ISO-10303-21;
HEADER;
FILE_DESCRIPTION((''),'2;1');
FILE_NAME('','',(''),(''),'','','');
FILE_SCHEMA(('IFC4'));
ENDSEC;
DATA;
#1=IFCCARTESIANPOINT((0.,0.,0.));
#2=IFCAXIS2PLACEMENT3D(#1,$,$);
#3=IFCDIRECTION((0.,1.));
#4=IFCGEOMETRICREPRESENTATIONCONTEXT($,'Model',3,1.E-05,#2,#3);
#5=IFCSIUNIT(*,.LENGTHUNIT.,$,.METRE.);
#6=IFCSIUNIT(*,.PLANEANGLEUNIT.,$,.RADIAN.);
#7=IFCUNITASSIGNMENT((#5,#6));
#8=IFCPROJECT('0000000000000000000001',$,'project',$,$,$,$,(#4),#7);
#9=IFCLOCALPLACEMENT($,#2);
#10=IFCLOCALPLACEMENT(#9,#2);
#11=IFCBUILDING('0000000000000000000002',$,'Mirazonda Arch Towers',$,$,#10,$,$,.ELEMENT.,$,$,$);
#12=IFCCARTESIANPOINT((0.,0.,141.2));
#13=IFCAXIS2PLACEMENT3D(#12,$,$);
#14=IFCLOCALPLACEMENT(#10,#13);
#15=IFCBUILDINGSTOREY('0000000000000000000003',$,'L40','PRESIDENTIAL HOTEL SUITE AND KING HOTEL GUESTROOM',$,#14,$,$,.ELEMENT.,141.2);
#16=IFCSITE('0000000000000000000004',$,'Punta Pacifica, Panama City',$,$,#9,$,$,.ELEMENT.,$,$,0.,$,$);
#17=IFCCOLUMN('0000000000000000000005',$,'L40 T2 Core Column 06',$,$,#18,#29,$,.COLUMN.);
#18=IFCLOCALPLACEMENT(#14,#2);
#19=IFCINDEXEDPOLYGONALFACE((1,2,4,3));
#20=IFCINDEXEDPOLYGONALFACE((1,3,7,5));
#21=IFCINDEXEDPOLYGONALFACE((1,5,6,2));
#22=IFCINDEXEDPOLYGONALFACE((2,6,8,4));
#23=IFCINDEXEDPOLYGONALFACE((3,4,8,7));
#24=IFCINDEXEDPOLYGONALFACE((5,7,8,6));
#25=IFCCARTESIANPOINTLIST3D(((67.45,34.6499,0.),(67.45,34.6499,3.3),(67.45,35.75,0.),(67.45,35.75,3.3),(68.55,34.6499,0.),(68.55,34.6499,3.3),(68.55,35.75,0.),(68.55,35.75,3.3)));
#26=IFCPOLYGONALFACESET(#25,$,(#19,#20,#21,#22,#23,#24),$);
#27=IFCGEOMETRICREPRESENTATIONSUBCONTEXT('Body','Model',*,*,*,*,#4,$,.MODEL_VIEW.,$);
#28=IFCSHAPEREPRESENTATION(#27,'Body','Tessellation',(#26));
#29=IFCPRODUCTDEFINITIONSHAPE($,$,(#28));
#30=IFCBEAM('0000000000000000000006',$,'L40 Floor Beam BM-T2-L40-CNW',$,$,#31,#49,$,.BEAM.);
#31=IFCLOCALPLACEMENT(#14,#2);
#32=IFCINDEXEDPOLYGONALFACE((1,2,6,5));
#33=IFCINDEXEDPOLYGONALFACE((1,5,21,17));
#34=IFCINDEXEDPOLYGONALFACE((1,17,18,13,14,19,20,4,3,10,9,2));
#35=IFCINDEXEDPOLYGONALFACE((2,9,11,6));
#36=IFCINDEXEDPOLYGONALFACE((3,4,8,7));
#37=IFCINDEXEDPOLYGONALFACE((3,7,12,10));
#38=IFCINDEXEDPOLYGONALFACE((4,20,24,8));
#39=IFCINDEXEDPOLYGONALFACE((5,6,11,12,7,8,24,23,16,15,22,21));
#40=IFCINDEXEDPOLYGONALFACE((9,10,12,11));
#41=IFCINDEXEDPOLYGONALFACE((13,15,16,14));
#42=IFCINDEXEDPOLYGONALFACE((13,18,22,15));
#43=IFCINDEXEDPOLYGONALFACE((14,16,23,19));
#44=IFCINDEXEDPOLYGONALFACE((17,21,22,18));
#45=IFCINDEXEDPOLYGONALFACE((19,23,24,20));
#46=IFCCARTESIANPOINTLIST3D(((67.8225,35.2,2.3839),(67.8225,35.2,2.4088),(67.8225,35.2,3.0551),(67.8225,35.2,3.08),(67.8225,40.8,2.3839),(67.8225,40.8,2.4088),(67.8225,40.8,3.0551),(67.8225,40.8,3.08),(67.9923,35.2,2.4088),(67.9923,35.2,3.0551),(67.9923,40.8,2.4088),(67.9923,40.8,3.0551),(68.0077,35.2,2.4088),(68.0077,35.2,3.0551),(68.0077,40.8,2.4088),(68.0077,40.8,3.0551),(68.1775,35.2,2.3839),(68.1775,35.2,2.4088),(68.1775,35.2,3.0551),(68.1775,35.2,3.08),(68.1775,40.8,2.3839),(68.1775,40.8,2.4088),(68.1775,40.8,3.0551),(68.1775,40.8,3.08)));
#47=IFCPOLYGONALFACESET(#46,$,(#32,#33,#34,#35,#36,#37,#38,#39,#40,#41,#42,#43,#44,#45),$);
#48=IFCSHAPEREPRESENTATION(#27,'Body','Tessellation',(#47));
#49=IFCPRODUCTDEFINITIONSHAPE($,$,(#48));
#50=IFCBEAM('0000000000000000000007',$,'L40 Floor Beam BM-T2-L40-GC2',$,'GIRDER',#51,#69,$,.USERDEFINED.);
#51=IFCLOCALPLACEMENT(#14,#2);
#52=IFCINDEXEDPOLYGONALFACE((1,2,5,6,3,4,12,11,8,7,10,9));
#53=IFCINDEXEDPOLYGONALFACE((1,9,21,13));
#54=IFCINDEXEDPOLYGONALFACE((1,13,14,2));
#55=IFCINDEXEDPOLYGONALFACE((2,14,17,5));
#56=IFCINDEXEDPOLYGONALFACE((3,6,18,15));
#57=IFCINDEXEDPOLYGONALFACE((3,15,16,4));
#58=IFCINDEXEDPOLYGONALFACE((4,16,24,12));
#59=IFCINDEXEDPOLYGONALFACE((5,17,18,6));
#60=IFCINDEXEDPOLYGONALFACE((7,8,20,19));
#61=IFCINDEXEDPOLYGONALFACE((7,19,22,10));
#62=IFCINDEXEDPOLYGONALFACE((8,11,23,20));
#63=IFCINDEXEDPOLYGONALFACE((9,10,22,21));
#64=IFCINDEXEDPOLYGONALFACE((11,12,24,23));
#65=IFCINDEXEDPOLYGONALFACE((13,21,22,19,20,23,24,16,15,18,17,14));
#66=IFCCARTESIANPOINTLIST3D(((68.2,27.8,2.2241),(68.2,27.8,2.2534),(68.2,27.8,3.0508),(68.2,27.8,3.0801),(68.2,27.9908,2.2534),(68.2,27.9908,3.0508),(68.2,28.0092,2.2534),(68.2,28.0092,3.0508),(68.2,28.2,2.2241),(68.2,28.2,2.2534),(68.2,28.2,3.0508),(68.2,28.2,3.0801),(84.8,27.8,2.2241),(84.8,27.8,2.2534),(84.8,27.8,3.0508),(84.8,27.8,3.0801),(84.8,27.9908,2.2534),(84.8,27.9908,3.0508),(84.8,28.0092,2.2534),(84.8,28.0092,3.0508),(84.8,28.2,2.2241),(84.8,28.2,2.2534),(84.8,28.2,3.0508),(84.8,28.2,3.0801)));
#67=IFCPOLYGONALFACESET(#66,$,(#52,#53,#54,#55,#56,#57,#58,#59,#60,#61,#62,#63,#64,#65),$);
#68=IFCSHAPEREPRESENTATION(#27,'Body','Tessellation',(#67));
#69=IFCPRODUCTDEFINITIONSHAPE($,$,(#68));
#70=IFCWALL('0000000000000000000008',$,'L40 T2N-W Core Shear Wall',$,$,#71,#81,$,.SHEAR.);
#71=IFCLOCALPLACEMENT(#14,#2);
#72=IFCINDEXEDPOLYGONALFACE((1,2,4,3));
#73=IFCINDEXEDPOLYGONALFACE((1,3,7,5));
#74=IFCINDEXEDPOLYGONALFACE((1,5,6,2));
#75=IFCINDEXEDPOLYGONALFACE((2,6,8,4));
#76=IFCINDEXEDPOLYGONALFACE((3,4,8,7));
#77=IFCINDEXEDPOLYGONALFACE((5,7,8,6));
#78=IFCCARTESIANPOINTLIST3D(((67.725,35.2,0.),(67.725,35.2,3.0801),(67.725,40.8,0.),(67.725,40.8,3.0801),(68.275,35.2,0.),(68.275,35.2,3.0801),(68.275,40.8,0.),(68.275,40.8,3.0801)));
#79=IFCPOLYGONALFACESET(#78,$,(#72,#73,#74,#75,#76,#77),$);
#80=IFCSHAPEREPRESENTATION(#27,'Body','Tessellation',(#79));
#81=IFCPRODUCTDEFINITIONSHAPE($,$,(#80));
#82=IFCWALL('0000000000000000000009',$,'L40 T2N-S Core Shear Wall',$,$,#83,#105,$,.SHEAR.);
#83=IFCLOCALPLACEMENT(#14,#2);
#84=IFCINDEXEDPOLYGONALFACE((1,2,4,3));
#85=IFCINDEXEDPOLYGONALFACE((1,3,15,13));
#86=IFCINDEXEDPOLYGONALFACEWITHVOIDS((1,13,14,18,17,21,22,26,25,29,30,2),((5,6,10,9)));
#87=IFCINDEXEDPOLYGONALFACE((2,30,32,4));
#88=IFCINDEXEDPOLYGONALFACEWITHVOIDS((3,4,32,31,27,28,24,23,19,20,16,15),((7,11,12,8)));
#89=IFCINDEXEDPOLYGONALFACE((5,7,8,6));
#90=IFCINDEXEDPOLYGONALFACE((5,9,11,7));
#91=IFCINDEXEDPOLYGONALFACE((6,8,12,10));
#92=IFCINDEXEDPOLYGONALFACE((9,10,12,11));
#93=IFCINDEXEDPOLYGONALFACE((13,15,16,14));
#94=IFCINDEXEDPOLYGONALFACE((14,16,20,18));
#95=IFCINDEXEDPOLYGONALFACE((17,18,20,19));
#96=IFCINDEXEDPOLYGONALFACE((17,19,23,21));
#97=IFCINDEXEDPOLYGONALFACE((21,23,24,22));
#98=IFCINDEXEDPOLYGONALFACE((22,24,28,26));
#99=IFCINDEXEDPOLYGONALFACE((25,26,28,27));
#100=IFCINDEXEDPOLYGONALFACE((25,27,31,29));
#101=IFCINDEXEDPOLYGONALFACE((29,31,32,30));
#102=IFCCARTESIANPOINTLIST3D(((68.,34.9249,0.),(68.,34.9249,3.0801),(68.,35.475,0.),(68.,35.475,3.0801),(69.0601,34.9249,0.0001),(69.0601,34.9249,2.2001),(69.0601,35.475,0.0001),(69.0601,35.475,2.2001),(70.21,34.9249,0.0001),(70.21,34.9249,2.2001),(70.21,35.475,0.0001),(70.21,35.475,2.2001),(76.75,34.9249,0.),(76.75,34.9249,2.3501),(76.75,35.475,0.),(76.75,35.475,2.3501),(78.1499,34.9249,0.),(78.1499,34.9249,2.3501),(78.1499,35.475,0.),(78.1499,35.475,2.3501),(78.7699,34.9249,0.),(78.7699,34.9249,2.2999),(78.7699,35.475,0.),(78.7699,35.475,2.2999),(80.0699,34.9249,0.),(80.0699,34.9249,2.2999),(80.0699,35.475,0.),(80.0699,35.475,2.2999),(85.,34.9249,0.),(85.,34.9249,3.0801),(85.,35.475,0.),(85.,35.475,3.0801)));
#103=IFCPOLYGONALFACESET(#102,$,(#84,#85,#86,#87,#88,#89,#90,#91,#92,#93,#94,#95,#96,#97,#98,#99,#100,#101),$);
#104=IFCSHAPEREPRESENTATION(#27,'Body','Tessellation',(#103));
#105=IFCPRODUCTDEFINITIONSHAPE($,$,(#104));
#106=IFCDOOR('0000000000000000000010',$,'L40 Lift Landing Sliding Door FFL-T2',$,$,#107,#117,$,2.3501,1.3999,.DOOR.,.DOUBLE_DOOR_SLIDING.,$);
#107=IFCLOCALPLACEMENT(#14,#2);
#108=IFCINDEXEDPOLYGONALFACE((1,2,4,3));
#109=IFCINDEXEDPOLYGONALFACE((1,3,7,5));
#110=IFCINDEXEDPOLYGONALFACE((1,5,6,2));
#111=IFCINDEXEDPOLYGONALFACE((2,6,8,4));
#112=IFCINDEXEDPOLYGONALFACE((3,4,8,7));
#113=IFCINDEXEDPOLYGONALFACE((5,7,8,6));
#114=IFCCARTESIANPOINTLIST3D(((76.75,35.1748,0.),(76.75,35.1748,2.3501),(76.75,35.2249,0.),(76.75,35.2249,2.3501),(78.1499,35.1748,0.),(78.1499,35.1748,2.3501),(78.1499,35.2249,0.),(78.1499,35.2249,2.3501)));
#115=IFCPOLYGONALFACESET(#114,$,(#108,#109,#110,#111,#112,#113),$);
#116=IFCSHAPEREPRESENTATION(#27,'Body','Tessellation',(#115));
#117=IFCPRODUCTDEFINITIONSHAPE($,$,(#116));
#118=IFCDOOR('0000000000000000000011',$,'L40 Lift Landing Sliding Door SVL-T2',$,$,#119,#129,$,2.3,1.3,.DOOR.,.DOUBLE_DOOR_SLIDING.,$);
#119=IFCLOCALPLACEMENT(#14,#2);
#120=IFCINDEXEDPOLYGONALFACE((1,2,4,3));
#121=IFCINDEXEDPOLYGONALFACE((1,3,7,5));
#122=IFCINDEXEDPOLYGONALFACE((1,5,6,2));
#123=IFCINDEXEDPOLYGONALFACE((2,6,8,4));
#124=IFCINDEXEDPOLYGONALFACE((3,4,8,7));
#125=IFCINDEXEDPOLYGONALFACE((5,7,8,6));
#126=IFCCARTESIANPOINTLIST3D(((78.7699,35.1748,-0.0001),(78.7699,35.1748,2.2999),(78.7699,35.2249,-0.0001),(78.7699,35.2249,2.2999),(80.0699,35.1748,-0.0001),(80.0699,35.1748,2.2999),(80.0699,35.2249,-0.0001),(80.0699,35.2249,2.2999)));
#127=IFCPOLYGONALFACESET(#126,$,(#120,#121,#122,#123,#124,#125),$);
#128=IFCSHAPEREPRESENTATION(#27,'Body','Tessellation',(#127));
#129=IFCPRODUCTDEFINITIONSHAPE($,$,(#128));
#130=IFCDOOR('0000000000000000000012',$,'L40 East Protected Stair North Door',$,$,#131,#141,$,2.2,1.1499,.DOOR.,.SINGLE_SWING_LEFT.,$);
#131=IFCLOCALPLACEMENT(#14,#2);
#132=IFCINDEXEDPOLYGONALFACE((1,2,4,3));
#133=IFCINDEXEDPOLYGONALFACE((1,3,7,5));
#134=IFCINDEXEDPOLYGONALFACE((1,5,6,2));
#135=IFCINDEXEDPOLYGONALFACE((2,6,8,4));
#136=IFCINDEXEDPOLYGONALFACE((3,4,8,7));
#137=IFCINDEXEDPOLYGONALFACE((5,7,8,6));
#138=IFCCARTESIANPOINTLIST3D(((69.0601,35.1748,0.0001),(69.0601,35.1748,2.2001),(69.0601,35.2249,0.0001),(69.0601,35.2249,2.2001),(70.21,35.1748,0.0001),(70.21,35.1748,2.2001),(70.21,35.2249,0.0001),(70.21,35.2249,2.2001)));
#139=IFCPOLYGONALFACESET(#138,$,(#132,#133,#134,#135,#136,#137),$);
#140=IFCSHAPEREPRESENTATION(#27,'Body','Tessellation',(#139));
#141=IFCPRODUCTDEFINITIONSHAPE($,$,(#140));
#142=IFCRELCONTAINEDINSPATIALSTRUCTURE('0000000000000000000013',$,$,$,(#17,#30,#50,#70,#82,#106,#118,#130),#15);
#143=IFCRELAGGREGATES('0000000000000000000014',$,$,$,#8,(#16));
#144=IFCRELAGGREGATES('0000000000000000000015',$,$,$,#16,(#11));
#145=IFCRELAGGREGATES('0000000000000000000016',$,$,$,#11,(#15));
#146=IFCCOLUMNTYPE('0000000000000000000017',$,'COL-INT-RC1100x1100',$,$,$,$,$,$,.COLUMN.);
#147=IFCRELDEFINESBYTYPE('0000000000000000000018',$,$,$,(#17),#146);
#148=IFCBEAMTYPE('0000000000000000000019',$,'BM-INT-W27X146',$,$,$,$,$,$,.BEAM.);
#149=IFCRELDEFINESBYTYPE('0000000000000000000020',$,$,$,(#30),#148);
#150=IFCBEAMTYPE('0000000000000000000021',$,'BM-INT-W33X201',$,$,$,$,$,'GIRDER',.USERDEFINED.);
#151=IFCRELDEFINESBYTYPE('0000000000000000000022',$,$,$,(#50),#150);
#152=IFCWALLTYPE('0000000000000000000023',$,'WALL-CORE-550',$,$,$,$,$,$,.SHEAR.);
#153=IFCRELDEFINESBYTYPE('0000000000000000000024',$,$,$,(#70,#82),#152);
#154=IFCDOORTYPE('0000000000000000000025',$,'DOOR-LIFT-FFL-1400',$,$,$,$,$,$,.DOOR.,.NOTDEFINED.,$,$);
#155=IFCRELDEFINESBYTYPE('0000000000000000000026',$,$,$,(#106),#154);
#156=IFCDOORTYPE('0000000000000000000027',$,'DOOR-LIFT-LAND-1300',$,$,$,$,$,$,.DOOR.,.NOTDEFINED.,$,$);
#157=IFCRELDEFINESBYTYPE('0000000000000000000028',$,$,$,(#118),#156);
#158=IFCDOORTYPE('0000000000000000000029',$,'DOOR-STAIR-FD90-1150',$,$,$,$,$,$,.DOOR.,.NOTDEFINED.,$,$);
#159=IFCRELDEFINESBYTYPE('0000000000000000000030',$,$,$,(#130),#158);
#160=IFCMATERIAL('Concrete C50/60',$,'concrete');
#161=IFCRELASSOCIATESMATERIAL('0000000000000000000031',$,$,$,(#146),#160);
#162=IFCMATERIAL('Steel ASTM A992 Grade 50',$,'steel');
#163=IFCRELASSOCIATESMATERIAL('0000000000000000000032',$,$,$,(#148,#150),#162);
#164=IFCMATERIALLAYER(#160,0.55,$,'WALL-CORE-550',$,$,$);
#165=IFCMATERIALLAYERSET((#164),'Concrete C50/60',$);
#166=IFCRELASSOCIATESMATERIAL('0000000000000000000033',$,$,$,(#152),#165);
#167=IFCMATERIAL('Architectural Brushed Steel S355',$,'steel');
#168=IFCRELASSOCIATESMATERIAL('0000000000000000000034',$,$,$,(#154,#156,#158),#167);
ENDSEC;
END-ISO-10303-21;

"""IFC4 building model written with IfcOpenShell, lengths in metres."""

from ifc_helpers import new_model, si_unit, direction, frame, frame_2d, origin, origin_2d, place, context, subcontext, project, spatial, rectangle, i_section, extrude, material, layer, layer_set, material_profile, profile_set, type_object, element, fill, save


model = new_model("IFC4")

# Units and contexts
model_context = context("Model", 3, precision=1e-05, world=origin(), true_north=direction((0.0, 1.0)))
body_context = subcontext(model_context, "Body", "Model", "MODEL_VIEW")
ifc_project = project(units=[si_unit("LENGTHUNIT", "METRE"), si_unit("PLANEANGLEUNIT", "RADIAN")], contexts=[model_context])

# Site, building, storey
site_placement = place(None, origin())
site = spatial("IfcSite", under=ifc_project, at=site_placement, Name="Punta Pacifica, Panama City", CompositionType="ELEMENT", RefElevation=0.0)
building_placement = place(site_placement, origin())
building = spatial("IfcBuilding", under=site, at=building_placement, Name="Mirazonda Arch Towers", CompositionType="ELEMENT")
storey_placement = place(building_placement, frame((0.0, 0.0, 141.2)))
storey = spatial("IfcBuildingStorey", under=building, at=storey_placement, Name="L40", Description="PRESIDENTIAL HOTEL SUITE AND KING HOTEL GUESTROOM", CompositionType="ELEMENT", Elevation=141.2)

# Column
ifc_material_1 = material(Name="Concrete C50/60", Category="concrete")
ifc_material_profile_1 = material_profile(ifc_material_1, rectangle(XDim=1.1001, YDim=1.1001, at=origin_2d()), Name="RC1100x1100")
ifc_profile_set_1 = profile_set([ifc_material_profile_1], Name="Concrete C50/60")
column_type = type_object("IfcColumnType", Name="COL-INT-RC1100x1100", PredefinedType="COLUMN", material=ifc_profile_set_1)
column_placement = place(storey_placement, frame((68.0, 35.2, 0.0), z_axis=(0.0, 0.0, 1.0), x_axis=(1.0, 0.0, 0.0)))
element("IfcColumn", 1, at=column_placement, inside=storey, type_object=column_type, Name="L40 T2 Core Column 06", PredefinedType="COLUMN", context=body_context, shape_type="SweptSolid", body=[
    extrude(rectangle(XDim=1.1001, YDim=1.1001, at=origin_2d()), origin(), (0.0, 0.0, 1.0), 3.3),
])

# Beams
ifc_material_2 = material(Name="Steel ASTM A992 Grade 50", Category="steel")
ifc_material_profile_2 = material_profile(ifc_material_2, i_section(OverallWidth=0.355, OverallDepth=0.696, WebThickness=0.0154, FlangeThickness=0.0249, at=origin_2d()), Name="W27X146")
ifc_profile_set_2 = profile_set([ifc_material_profile_2], Name="Steel ASTM A992 Grade 50")
beam_type_1 = type_object("IfcBeamType", Name="BM-INT-W27X146", PredefinedType="BEAM", material=ifc_profile_set_2)
beam_1_placement = place(storey_placement, frame((68.0, 35.2, 2.7319), z_axis=(0.0, 1.0, 0.0), x_axis=(-1.0, 0.0, 0.0)))
element("IfcBeam", 2, at=beam_1_placement, inside=storey, type_object=beam_type_1, Name="L40 Floor Beam BM-T2-L40-CNW", PredefinedType="BEAM", context=body_context, shape_type="SweptSolid", body=[
    extrude(i_section(OverallWidth=0.355, OverallDepth=0.696, WebThickness=0.0154, FlangeThickness=0.0249, at=origin_2d()), origin(), (0.0, 0.0, 1.0), 5.6001),
])
ifc_material_profile_3 = material_profile(ifc_material_2, i_section(OverallWidth=0.3999, OverallDepth=0.856, WebThickness=0.0183, FlangeThickness=0.0293, at=origin_2d()), Name="W33X201")
ifc_profile_set_3 = profile_set([ifc_material_profile_3], Name="Steel ASTM A992 Grade 50")
beam_type_2 = type_object("IfcBeamType", Name="BM-INT-W33X201", ElementType="GIRDER", PredefinedType="USERDEFINED", material=ifc_profile_set_3)
beam_2_placement = place(storey_placement, frame((68.2, 28.0, 2.6521), z_axis=(1.0, 0.0, 0.0), x_axis=(0.0, 1.0, 0.0)))
element("IfcBeam", 3, at=beam_2_placement, inside=storey, type_object=beam_type_2, Name="L40 Floor Beam BM-T2-L40-GC2", ObjectType="GIRDER", PredefinedType="USERDEFINED", context=body_context, shape_type="SweptSolid", body=[
    extrude(i_section(OverallWidth=0.3999, OverallDepth=0.856, WebThickness=0.0183, FlangeThickness=0.0293, at=origin_2d()), origin(), (0.0, 0.0, 1.0), 16.6001),
])

# Wall
ifc_layer_1 = layer(ifc_material_1, 0.55, Name="WALL-CORE-550")
ifc_layer_set_1 = layer_set([ifc_layer_1], Name="Concrete C50/60")
wall_type_1 = type_object("IfcWallType", Name="WALL-CORE-550", PredefinedType="SHEAR", material=ifc_layer_set_1)
wall_1_placement = place(storey_placement, frame((68.0, 35.2, 0.0), z_axis=(0.0, 0.0, 1.0), x_axis=(0.0, 1.0, 0.0)))
element("IfcWall", 4, at=wall_1_placement, inside=storey, type_object=wall_type_1, Name="L40 T2N-W Core Shear Wall", PredefinedType="SHEAR", context=body_context, shape_type="SweptSolid", body=[
    extrude(rectangle(XDim=5.6001, YDim=0.55, at=frame_2d((2.8, 0.0))), origin(), (0.0, 0.0, 1.0), 3.0801),
])

# Wall, openings, doors
wall_2_placement = place(storey_placement, frame((68.0, 35.2, 0.0), z_axis=(0.0, 0.0, 1.0), x_axis=(1.0, 0.0, 0.0)))
wall_2 = element("IfcWall", 5, at=wall_2_placement, inside=storey, type_object=wall_type_1, Name="L40 T2N-S Core Shear Wall", PredefinedType="SHEAR", context=body_context, shape_type="SweptSolid", body=[
    extrude(rectangle(XDim=17.0, YDim=0.55, at=frame_2d((8.5, 0.0))), origin(), (0.0, 0.0, 1.0), 3.0801),
])
opening_1_placement = place(wall_2_placement, frame((1.0601, 0.0, 0.0)))
opening_1 = element("IfcOpeningElement", 6, at=opening_1_placement, cuts=wall_2, PredefinedType="OPENING", context=body_context, shape_type="SweptSolid", body=[
    extrude(rectangle(XDim=1.1499, YDim=2.2, at=frame_2d((0.575, 1.1001))), frame((0.0, 0.2849, 0.0), z_axis=(0.0, -1.0, 0.0), x_axis=(1.0, 0.0, 0.0)), (0.0, 0.0, 1.0), 0.5701),
])
opening_2_placement = place(wall_2_placement, frame((8.75, 0.0, 0.0)))
opening_2 = element("IfcOpeningElement", 7, at=opening_2_placement, cuts=wall_2, PredefinedType="OPENING", context=body_context, shape_type="SweptSolid", body=[
    extrude(rectangle(XDim=1.3999, YDim=2.3501, at=frame_2d((0.7, 1.175))), frame((0.0, 0.2849, 0.0), z_axis=(0.0, -1.0, 0.0), x_axis=(1.0, 0.0, 0.0)), (0.0, 0.0, 1.0), 0.5701),
])
opening_3_placement = place(wall_2_placement, frame((10.77, 0.0, 0.0)))
opening_3 = element("IfcOpeningElement", 8, at=opening_3_placement, cuts=wall_2, PredefinedType="OPENING", context=body_context, shape_type="SweptSolid", body=[
    extrude(rectangle(XDim=1.3, YDim=2.3, at=frame_2d((0.6499, 1.1499))), frame((0.0, 0.2849, 0.0), z_axis=(0.0, -1.0, 0.0), x_axis=(1.0, 0.0, 0.0)), (0.0, 0.0, 1.0), 0.5701),
])
ifc_material_3 = material(Name="Architectural Brushed Steel S355", Category="steel")
door_type_1 = type_object("IfcDoorType", Name="DOOR-LIFT-FFL-1400", OperationType="NOTDEFINED", PredefinedType="DOOR", material=ifc_material_3)
door_1_placement = place(opening_2_placement, origin())
door_1 = element("IfcDoor", 9, at=door_1_placement, inside=storey, type_object=door_type_1, Name="L40 Lift Landing Sliding Door FFL-T2", OperationType="DOUBLE_DOOR_SLIDING", OverallHeight=2.3501, OverallWidth=1.3999, PredefinedType="DOOR", context=body_context, shape_type="SweptSolid", body=[
    extrude(rectangle(XDim=1.3999, YDim=2.3501, at=frame_2d((0.7, 1.175))), frame((0.0, 0.0249, 0.0), z_axis=(0.0, -1.0, 0.0), x_axis=(1.0, 0.0, 0.0)), (0.0, 0.0, 1.0), 0.05),
])
fill(opening_2, door_1)
door_type_2 = type_object("IfcDoorType", Name="DOOR-LIFT-LAND-1300", OperationType="NOTDEFINED", PredefinedType="DOOR", material=ifc_material_3)
door_2_placement = place(opening_3_placement, origin())
door_2 = element("IfcDoor", 10, at=door_2_placement, inside=storey, type_object=door_type_2, Name="L40 Lift Landing Sliding Door SVL-T2", OperationType="DOUBLE_DOOR_SLIDING", OverallHeight=2.3, OverallWidth=1.3, PredefinedType="DOOR", context=body_context, shape_type="SweptSolid", body=[
    extrude(rectangle(XDim=1.3, YDim=2.3, at=frame_2d((0.6499, 1.1499))), frame((0.0, 0.0249, 0.0), z_axis=(0.0, -1.0, 0.0), x_axis=(1.0, 0.0, 0.0)), (0.0, 0.0, 1.0), 0.05),
])
fill(opening_3, door_2)
door_type_3 = type_object("IfcDoorType", Name="DOOR-STAIR-FD90-1150", OperationType="NOTDEFINED", PredefinedType="DOOR", material=ifc_material_3)
door_3_placement = place(opening_1_placement, origin())
door_3 = element("IfcDoor", 11, at=door_3_placement, inside=storey, type_object=door_type_3, Name="L40 East Protected Stair North Door", OperationType="SINGLE_SWING_LEFT", OverallHeight=2.2, OverallWidth=1.1499, PredefinedType="DOOR", context=body_context, shape_type="SweptSolid", body=[
    extrude(rectangle(XDim=1.1499, YDim=2.2, at=frame_2d((0.575, 1.1001))), frame((0.0, 0.0249, 0.0), z_axis=(0.0, -1.0, 0.0), x_axis=(1.0, 0.0, 0.0)), (0.0, 0.0, 1.0), 0.05),
])
fill(opening_1, door_3)

save(model, "model.ifc")
